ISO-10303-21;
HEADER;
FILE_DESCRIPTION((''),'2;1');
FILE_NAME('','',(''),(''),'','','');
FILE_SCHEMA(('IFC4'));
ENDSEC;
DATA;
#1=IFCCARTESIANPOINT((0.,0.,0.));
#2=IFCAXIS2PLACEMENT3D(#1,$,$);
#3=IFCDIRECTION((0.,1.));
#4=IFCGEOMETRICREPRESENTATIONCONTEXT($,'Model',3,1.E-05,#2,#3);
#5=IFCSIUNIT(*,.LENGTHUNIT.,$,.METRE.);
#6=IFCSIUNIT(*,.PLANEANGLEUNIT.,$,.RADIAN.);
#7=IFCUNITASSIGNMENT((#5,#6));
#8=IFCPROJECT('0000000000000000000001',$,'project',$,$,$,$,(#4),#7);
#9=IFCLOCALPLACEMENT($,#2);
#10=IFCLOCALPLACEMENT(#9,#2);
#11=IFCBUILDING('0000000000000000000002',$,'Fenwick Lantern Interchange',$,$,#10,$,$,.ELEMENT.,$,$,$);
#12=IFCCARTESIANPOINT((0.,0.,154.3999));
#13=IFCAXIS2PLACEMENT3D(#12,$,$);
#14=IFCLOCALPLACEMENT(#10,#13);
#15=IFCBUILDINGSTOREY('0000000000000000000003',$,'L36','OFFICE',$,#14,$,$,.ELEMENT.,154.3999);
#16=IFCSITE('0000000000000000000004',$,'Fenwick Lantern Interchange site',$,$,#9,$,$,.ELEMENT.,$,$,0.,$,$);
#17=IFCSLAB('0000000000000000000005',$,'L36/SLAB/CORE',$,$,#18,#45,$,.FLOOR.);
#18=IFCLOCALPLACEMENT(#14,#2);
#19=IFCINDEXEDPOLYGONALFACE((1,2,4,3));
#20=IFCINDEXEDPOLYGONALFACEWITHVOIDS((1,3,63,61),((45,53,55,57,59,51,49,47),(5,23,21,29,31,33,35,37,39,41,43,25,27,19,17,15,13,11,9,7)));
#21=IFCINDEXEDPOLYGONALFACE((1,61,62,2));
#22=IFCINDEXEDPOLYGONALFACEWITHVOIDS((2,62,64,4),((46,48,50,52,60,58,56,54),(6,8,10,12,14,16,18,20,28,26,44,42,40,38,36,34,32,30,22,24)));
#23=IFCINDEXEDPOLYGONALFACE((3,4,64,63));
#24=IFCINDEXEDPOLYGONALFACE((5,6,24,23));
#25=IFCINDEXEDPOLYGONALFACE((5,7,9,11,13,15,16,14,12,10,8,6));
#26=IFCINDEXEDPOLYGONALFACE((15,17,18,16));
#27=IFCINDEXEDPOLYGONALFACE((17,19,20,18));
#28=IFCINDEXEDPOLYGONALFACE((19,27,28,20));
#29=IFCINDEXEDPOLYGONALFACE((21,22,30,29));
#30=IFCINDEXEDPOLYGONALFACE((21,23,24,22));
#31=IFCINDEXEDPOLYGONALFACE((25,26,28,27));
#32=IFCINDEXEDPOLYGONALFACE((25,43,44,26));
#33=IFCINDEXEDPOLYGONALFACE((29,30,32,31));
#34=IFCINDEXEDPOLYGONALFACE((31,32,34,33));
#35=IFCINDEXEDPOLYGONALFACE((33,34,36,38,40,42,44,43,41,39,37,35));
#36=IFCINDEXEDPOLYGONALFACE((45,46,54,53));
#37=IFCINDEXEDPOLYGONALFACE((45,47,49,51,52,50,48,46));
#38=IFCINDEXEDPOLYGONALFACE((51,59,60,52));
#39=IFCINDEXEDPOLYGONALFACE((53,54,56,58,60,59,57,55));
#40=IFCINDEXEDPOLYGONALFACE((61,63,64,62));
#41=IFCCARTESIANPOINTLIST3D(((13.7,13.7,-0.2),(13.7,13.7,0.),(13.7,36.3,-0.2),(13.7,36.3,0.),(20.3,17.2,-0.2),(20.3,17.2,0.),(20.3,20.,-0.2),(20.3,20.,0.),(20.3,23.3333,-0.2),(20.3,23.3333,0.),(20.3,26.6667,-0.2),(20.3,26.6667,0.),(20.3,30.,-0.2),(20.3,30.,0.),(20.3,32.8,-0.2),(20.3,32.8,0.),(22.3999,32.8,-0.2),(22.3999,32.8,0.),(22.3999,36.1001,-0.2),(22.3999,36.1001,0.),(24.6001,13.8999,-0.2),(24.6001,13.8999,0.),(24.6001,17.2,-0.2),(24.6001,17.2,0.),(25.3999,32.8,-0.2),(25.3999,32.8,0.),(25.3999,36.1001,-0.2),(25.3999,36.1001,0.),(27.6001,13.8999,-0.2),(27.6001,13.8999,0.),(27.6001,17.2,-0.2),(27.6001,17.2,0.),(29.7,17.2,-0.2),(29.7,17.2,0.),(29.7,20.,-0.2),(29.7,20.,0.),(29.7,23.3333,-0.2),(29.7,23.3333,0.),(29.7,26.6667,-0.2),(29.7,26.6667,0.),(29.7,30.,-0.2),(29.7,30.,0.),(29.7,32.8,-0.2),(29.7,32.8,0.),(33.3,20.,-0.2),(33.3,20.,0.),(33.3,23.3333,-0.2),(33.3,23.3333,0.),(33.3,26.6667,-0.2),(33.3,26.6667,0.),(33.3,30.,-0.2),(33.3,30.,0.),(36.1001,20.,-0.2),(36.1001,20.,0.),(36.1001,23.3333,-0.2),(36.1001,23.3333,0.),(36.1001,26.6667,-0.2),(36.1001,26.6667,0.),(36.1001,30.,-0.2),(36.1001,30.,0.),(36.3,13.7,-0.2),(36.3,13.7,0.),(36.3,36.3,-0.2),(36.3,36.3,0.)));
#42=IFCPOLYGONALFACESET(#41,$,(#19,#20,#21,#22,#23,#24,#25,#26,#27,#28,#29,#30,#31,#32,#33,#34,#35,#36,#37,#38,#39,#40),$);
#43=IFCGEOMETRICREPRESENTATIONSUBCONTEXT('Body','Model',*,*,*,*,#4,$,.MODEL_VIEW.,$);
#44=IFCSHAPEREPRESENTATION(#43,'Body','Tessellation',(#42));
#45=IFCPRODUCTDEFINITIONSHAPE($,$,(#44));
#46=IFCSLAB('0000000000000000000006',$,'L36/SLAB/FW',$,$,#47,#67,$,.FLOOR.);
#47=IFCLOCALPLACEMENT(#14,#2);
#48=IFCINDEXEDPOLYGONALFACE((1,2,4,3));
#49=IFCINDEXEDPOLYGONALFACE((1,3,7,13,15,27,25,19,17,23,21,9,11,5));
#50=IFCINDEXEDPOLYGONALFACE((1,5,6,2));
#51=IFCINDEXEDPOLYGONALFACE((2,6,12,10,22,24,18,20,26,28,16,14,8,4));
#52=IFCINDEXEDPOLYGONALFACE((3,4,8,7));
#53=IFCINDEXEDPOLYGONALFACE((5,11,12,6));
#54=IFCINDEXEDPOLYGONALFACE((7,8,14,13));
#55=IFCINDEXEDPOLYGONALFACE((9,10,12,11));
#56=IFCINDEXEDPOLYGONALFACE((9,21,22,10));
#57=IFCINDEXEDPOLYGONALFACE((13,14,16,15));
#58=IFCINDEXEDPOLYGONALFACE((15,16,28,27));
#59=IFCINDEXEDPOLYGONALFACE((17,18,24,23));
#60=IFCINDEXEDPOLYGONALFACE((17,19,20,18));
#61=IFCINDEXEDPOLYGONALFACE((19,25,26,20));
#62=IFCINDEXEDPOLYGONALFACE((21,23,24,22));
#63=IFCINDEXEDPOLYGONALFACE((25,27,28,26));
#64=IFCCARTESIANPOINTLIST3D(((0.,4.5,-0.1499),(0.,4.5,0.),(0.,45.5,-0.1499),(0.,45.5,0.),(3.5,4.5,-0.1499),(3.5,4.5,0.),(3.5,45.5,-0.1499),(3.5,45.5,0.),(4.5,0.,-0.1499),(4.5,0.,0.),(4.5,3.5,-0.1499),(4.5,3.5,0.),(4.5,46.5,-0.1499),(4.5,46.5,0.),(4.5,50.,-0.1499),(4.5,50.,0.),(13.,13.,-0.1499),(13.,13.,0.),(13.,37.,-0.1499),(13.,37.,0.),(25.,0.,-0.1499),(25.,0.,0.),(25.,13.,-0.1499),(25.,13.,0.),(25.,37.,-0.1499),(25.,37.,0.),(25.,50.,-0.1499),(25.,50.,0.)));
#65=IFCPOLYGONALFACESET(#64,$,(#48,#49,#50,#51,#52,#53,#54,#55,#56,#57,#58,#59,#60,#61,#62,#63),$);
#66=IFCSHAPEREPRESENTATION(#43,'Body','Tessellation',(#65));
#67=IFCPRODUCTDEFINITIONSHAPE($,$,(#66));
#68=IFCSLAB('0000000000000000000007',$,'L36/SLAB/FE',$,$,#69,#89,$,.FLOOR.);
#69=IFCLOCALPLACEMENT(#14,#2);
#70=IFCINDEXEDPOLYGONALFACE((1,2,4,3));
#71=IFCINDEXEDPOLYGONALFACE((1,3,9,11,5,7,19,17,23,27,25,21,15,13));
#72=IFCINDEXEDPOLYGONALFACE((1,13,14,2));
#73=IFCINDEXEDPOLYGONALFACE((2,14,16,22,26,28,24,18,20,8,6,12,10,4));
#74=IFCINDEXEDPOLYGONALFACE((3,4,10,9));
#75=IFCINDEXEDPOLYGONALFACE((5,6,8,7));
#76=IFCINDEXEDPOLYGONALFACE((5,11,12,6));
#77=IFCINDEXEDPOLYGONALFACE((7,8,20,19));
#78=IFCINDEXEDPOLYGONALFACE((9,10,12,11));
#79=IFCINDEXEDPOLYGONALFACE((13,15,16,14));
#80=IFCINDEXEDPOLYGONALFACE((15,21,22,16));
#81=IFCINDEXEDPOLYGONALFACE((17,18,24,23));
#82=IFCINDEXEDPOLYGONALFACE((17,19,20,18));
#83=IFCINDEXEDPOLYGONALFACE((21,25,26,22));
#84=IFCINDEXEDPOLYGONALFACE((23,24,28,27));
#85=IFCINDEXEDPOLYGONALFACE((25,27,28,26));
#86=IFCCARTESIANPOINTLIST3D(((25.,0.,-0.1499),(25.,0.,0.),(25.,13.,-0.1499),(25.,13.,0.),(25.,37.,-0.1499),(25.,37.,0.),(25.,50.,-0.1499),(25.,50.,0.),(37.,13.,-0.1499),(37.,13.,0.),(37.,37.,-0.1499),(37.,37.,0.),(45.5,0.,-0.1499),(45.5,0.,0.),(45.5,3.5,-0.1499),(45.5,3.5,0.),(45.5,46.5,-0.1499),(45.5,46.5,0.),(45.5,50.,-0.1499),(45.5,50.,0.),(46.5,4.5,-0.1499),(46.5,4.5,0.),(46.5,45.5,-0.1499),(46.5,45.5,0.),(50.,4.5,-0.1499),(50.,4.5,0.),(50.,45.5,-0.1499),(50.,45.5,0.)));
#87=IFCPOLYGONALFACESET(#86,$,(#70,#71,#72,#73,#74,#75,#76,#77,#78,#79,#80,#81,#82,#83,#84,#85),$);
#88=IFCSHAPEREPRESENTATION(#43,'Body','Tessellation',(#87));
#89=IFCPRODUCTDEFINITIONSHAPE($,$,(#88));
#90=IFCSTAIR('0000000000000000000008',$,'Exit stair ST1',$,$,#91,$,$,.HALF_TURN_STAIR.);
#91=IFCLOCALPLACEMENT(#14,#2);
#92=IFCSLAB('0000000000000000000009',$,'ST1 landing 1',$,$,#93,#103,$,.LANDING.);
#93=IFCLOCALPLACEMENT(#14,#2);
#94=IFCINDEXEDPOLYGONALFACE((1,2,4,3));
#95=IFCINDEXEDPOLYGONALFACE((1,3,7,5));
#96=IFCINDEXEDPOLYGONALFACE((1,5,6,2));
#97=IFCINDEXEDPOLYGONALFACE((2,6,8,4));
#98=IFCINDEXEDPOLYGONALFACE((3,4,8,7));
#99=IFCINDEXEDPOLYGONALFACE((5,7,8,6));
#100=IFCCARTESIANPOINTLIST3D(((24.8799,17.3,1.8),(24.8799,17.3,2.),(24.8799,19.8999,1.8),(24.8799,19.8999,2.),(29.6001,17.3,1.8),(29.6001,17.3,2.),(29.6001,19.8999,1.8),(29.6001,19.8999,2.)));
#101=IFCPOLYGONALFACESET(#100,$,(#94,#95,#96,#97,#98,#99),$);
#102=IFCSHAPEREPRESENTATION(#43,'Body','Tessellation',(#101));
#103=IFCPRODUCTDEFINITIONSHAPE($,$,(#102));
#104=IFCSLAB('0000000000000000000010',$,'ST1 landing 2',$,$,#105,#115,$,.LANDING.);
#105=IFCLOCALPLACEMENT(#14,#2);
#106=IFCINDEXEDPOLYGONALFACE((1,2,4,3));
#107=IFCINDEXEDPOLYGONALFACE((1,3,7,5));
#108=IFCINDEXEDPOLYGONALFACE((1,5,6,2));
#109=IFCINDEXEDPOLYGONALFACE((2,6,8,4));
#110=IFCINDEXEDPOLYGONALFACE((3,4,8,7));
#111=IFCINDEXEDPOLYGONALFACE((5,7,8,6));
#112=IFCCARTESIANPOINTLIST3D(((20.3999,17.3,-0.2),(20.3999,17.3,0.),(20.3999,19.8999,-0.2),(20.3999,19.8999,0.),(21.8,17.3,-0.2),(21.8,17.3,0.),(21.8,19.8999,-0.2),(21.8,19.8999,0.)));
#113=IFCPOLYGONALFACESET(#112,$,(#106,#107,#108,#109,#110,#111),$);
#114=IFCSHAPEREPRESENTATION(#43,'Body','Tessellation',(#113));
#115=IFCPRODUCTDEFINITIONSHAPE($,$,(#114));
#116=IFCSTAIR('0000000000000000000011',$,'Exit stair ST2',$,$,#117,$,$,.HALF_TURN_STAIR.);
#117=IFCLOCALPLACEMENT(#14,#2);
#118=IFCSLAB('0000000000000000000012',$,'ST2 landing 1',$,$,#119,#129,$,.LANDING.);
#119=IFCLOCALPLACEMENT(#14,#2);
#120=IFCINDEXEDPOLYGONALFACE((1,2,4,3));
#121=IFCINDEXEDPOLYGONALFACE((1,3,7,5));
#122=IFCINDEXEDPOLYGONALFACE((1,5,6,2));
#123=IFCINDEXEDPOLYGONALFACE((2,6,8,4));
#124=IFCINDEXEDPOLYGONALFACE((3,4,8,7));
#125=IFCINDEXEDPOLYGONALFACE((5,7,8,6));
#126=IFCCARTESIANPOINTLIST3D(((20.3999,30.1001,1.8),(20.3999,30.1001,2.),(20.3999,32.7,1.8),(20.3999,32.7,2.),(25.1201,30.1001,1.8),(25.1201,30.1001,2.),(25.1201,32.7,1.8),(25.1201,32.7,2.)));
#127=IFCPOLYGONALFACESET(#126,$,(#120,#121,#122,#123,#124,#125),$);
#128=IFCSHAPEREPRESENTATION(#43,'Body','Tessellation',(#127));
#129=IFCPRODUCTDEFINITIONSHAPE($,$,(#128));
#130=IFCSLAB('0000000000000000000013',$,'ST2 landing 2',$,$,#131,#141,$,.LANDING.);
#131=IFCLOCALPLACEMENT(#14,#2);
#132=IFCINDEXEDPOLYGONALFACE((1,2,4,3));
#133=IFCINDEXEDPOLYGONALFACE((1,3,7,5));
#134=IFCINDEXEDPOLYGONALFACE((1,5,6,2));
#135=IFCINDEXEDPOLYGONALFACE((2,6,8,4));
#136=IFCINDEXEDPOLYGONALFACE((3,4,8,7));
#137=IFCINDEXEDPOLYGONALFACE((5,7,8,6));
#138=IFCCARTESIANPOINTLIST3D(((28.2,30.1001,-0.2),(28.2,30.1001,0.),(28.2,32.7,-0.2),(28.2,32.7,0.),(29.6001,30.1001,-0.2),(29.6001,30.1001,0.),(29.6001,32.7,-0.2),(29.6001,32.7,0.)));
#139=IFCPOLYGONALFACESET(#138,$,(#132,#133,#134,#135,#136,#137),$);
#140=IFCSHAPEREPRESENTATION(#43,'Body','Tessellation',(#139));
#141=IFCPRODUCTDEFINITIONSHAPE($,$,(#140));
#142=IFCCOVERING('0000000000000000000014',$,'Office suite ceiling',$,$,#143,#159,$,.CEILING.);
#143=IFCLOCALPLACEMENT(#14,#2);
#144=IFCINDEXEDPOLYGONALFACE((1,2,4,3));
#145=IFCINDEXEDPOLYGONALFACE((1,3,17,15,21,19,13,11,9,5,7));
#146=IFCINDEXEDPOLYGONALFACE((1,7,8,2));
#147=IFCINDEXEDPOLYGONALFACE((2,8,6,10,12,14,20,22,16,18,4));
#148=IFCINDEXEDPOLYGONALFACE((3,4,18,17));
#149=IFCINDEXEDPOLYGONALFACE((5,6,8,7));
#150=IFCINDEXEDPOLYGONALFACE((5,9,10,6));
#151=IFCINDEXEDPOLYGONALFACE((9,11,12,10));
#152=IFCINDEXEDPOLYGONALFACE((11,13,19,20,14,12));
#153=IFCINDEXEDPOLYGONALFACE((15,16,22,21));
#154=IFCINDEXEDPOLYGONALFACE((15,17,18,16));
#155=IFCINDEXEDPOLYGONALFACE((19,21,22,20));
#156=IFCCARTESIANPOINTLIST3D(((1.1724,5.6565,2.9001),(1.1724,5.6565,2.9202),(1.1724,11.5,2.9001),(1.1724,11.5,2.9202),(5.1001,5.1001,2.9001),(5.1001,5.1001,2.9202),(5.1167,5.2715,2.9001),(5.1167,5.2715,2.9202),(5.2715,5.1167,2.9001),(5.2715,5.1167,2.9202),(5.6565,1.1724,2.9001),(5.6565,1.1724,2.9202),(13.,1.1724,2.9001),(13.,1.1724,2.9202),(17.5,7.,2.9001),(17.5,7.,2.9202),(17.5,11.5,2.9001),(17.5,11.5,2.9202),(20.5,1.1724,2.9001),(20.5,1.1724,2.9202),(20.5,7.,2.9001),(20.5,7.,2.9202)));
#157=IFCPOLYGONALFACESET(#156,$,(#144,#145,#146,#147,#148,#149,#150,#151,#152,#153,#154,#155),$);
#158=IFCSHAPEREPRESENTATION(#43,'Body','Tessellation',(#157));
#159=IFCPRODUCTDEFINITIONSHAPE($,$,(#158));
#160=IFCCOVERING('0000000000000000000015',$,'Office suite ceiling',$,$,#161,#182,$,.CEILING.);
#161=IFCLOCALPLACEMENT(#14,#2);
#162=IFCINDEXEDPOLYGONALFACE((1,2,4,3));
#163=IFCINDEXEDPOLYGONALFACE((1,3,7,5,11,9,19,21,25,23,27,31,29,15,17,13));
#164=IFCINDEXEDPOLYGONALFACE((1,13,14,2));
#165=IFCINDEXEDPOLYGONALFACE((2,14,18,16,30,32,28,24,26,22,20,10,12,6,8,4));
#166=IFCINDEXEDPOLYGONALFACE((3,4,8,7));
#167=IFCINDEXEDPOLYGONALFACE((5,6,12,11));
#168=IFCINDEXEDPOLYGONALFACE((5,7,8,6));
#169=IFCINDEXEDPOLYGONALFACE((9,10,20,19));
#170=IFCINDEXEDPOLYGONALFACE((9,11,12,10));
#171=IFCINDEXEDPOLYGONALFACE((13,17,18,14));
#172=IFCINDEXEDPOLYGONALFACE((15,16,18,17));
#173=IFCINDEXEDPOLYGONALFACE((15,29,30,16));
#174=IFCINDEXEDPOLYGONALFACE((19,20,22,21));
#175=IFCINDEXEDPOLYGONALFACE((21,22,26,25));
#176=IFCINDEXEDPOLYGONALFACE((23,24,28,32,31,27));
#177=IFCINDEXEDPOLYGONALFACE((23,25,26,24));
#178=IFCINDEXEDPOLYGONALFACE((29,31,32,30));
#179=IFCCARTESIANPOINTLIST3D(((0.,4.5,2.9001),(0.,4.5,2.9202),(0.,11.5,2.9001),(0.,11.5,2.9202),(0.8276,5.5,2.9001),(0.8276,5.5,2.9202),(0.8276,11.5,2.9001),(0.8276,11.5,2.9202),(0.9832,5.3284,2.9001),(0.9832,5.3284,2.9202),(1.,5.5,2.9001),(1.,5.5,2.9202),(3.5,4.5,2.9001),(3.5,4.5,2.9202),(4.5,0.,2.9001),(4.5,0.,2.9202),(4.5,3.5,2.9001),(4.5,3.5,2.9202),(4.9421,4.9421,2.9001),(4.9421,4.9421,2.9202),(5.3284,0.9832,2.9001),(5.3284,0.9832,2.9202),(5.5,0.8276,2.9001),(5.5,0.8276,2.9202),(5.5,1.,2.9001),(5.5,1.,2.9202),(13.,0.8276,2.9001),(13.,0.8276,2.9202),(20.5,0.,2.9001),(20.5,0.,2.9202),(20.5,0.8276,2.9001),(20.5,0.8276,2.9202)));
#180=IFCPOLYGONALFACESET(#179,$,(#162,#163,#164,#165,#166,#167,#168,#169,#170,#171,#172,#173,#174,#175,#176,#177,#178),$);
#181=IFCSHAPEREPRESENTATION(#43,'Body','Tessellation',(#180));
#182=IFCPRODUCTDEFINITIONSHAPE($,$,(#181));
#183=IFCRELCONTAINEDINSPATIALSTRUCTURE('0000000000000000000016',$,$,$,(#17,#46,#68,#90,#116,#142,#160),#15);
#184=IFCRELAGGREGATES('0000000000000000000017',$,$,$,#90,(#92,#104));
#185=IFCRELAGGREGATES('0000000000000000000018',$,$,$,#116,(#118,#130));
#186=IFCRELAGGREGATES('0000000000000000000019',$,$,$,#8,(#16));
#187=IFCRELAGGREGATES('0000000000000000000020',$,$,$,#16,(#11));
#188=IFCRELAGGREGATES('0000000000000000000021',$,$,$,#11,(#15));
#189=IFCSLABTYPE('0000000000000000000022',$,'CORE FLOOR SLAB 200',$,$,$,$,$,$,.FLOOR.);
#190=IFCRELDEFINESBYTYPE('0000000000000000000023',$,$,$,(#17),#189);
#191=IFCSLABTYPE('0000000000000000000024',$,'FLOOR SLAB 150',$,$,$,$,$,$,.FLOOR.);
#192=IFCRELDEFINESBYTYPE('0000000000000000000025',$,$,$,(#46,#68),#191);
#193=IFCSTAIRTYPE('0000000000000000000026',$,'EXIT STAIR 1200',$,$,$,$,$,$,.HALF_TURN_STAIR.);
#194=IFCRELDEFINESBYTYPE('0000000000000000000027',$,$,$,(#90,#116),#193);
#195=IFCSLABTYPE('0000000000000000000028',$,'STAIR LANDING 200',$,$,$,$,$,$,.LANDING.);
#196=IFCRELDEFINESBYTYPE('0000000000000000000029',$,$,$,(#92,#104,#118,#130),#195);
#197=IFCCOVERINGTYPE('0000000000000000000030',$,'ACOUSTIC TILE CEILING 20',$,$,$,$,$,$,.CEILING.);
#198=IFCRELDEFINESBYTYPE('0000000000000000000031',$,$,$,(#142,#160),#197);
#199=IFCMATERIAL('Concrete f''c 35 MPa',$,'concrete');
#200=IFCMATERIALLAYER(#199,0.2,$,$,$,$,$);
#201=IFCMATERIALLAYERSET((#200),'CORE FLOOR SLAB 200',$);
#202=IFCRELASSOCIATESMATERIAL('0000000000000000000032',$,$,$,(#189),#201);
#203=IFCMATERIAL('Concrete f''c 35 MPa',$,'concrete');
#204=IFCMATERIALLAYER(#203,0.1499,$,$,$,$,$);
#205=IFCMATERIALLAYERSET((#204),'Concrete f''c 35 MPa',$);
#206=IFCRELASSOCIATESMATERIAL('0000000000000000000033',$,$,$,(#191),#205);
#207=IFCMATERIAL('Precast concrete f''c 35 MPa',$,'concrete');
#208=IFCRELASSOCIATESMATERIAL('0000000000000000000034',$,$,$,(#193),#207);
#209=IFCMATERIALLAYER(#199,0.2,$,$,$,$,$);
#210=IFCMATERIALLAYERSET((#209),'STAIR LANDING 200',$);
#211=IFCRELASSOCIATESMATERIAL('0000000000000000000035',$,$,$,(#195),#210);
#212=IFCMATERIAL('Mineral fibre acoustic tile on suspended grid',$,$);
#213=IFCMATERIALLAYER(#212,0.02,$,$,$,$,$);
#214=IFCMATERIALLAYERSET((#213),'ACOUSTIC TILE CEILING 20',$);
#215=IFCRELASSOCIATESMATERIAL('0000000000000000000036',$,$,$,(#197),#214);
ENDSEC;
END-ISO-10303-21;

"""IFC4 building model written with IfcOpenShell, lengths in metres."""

from ifc_helpers import new_model, si_unit, direction, frame, origin, place, context, subcontext, project, spatial, polyline, outline, extrude, material, layer, layer_set, type_object, element, aggregate, save


model = new_model("IFC4")

# Units and contexts
model_context = context("Model", 3, precision=1e-05, world=origin(), true_north=direction((0.0, 1.0)))
body_context = subcontext(model_context, "Body", "Model", "MODEL_VIEW")
ifc_project = project(units=[si_unit("LENGTHUNIT", "METRE"), si_unit("PLANEANGLEUNIT", "RADIAN")], contexts=[model_context])

# Site, building, storey
site_placement = place(None, origin())
site = spatial("IfcSite", under=ifc_project, at=site_placement, Name="Fenwick Lantern Interchange site", CompositionType="ELEMENT", RefElevation=0.0)
building_placement = place(site_placement, origin())
building = spatial("IfcBuilding", under=site, at=building_placement, Name="Fenwick Lantern Interchange", CompositionType="ELEMENT")
storey_placement = place(building_placement, frame((0.0, 0.0, 154.3999)))
storey = spatial("IfcBuildingStorey", under=building, at=storey_placement, Name="L36", Description="OFFICE", CompositionType="ELEMENT", Elevation=154.3999)

# Slabs
ifc_material_1 = material(Name="Concrete f'c 35 MPa", Category="concrete")
ifc_layer_1 = layer(ifc_material_1, 0.2)
ifc_layer_set_1 = layer_set([ifc_layer_1], Name="CORE FLOOR SLAB 200")
slab_type_1 = type_object("IfcSlabType", Name="CORE FLOOR SLAB 200", PredefinedType="FLOOR", material=ifc_layer_set_1)
slab_1_placement = place(storey_placement, frame((0.0, 0.0, -0.2)))
element("IfcSlab", 1, at=slab_1_placement, inside=storey, type_object=slab_type_1, Name="L36/SLAB/CORE", PredefinedType="FLOOR", context=body_context, shape_type="SweptSolid", body=[
    extrude(outline(polyline([(13.7, 36.3), (36.3, 36.3), (36.3, 13.7), (13.7, 13.7), (13.7, 36.3)]), holes=[polyline([(29.7, 17.2), (29.7, 20.0), (29.7, 23.3333), (29.7, 26.6667), (29.7, 30.0), (29.7, 32.8), (25.3999, 32.8), (25.3999, 36.1001), (22.3999, 36.1001), (22.3999, 32.8), (20.3, 32.8), (20.3, 30.0), (20.3, 26.6667), (20.3, 23.3333), (20.3, 20.0), (20.3, 17.2), (24.6001, 17.2), (24.6001, 13.8999), (27.6001, 13.8999), (27.6001, 17.2), (29.7, 17.2)]), polyline([(33.3, 23.3333), (33.3, 20.0), (36.1001, 20.0), (36.1001, 23.3333), (36.1001, 26.6667), (36.1001, 30.0), (33.3, 30.0), (33.3, 26.6667), (33.3, 23.3333)])]), origin(), (0.0, 0.0, 1.0), 0.2),
])
ifc_material_2 = material(Name="Concrete f'c 35 MPa", Category="concrete")
ifc_layer_2 = layer(ifc_material_2, 0.1499)
ifc_layer_set_2 = layer_set([ifc_layer_2], Name="Concrete f'c 35 MPa")
slab_type_2 = type_object("IfcSlabType", Name="FLOOR SLAB 150", PredefinedType="FLOOR", material=ifc_layer_set_2)
slab_2_placement = place(storey_placement, frame((0.0, 0.0, -0.1499)))
element("IfcSlab", 2, at=slab_2_placement, inside=storey, type_object=slab_type_2, Name="L36/SLAB/FW", PredefinedType="FLOOR", context=body_context, shape_type="SweptSolid", body=[
    extrude(outline(polyline([(4.5, 0.0), (4.5, 3.5), (3.5, 4.5), (0.0, 4.5), (0.0, 45.5), (3.5, 45.5), (4.5, 46.5), (4.5, 50.0), (25.0, 50.0), (25.0, 37.0), (13.0, 37.0), (13.0, 13.0), (25.0, 13.0), (25.0, 0.0), (4.5, 0.0)])), origin(), (0.0, 0.0, 1.0), 0.1499),
])
slab_3_placement = place(storey_placement, frame((0.0, 0.0, -0.1499)))
element("IfcSlab", 3, at=slab_3_placement, inside=storey, type_object=slab_type_2, Name="L36/SLAB/FE", PredefinedType="FLOOR", context=body_context, shape_type="SweptSolid", body=[
    extrude(outline(polyline([(45.5, 50.0), (45.5, 46.5), (46.5, 45.5), (50.0, 45.5), (50.0, 4.5), (46.5, 4.5), (45.5, 3.5), (45.5, 0.0), (25.0, 0.0), (25.0, 13.0), (37.0, 13.0), (37.0, 37.0), (25.0, 37.0), (25.0, 50.0), (45.5, 50.0)])), origin(), (0.0, 0.0, 1.0), 0.1499),
])

# Stairs, slabs
ifc_material_3 = material(Name="Precast concrete f'c 35 MPa", Category="concrete")
stair_type = type_object("IfcStairType", Name="EXIT STAIR 1200", PredefinedType="HALF_TURN_STAIR", material=ifc_material_3)
stair_1_placement = place(storey_placement, origin())
stair_1 = element("IfcStair", 4, at=stair_1_placement, inside=storey, type_object=stair_type, Name="Exit stair ST1", PredefinedType="HALF_TURN_STAIR")
ifc_layer_3 = layer(ifc_material_1, 0.2)
ifc_layer_set_3 = layer_set([ifc_layer_3], Name="STAIR LANDING 200")
slab_type_3 = type_object("IfcSlabType", Name="STAIR LANDING 200", PredefinedType="LANDING", material=ifc_layer_set_3)
slab_4_placement = place(storey_placement, frame((0.0, 0.0, 1.8)))
slab_4 = element("IfcSlab", 5, at=slab_4_placement, type_object=slab_type_3, Name="ST1 landing 1", PredefinedType="LANDING", context=body_context, shape_type="SweptSolid", body=[
    extrude(outline(polyline([(24.8799, 17.3), (29.6001, 17.3), (29.6001, 19.8999), (24.8799, 19.8999), (24.8799, 17.3)])), origin(), (0.0, 0.0, 1.0), 0.2),
])
slab_5_placement = place(storey_placement, frame((0.0, 0.0, -0.2)))
slab_5 = element("IfcSlab", 6, at=slab_5_placement, type_object=slab_type_3, Name="ST1 landing 2", PredefinedType="LANDING", context=body_context, shape_type="SweptSolid", body=[
    extrude(outline(polyline([(20.3999, 17.3), (21.8, 17.3), (21.8, 19.8999), (20.3999, 19.8999), (20.3999, 17.3)])), origin(), (0.0, 0.0, 1.0), 0.2),
])
aggregate(stair_1, [slab_4, slab_5])
stair_2_placement = place(storey_placement, origin())
stair_2 = element("IfcStair", 7, at=stair_2_placement, inside=storey, type_object=stair_type, Name="Exit stair ST2", PredefinedType="HALF_TURN_STAIR")
slab_6_placement = place(storey_placement, frame((0.0, 0.0, 1.8)))
slab_6 = element("IfcSlab", 8, at=slab_6_placement, type_object=slab_type_3, Name="ST2 landing 1", PredefinedType="LANDING", context=body_context, shape_type="SweptSolid", body=[
    extrude(outline(polyline([(25.1201, 32.7), (20.3999, 32.7), (20.3999, 30.1001), (25.1201, 30.1001), (25.1201, 32.7)])), origin(), (0.0, 0.0, 1.0), 0.2),
])
slab_7_placement = place(storey_placement, frame((0.0, 0.0, -0.2)))
slab_7 = element("IfcSlab", 9, at=slab_7_placement, type_object=slab_type_3, Name="ST2 landing 2", PredefinedType="LANDING", context=body_context, shape_type="SweptSolid", body=[
    extrude(outline(polyline([(29.6001, 32.7), (28.2, 32.7), (28.2, 30.1001), (29.6001, 30.1001), (29.6001, 32.7)])), origin(), (0.0, 0.0, 1.0), 0.2),
])
aggregate(stair_2, [slab_6, slab_7])

# Coverings
ifc_material_4 = material(Name="Mineral fibre acoustic tile on suspended grid")
ifc_layer_4 = layer(ifc_material_4, 0.02)
ifc_layer_set_4 = layer_set([ifc_layer_4], Name="ACOUSTIC TILE CEILING 20")
covering_type_1 = type_object("IfcCoveringType", Name="ACOUSTIC TILE CEILING 20", PredefinedType="CEILING", material=ifc_layer_set_4)
covering_1_placement = place(storey_placement, frame((0.0, 0.0, 2.9001)))
element("IfcCovering", 10, at=covering_1_placement, inside=storey, type_object=covering_type_1, Name="Office suite ceiling", PredefinedType="CEILING", context=body_context, shape_type="SweptSolid", body=[
    extrude(outline(polyline([(20.5, 1.1724), (20.5, 7.0), (17.5, 7.0), (17.5, 11.5), (1.1724, 11.5), (1.1724, 5.6565), (5.1167, 5.2715), (5.1001, 5.1001), (5.2715, 5.1167), (5.6565, 1.1724), (13.0, 1.1724), (20.5, 1.1724)])), origin(), (0.0, 0.0, 1.0), 0.02),
])
covering_2_placement = place(storey_placement, frame((0.0, 0.0, 2.9001)))
element("IfcCovering", 11, at=covering_2_placement, inside=storey, type_object=covering_type_1, Name="Office suite ceiling", PredefinedType="CEILING", context=body_context, shape_type="SweptSolid", body=[
    extrude(outline(polyline([(20.5, 0.0), (20.5, 0.8276), (13.0, 0.8276), (5.5, 0.8276), (5.5, 1.0), (5.3284, 0.9832), (4.9421, 4.9421), (0.9832, 5.3284), (1.0, 5.5), (0.8276, 5.5), (0.8276, 11.5), (0.0, 11.5), (0.0, 4.5), (3.5, 4.5), (4.5, 3.5), (4.5, 0.0), (20.5, 0.0)])), origin(), (0.0, 0.0, 1.0), 0.02),
])

save(model, "model.ifc")
